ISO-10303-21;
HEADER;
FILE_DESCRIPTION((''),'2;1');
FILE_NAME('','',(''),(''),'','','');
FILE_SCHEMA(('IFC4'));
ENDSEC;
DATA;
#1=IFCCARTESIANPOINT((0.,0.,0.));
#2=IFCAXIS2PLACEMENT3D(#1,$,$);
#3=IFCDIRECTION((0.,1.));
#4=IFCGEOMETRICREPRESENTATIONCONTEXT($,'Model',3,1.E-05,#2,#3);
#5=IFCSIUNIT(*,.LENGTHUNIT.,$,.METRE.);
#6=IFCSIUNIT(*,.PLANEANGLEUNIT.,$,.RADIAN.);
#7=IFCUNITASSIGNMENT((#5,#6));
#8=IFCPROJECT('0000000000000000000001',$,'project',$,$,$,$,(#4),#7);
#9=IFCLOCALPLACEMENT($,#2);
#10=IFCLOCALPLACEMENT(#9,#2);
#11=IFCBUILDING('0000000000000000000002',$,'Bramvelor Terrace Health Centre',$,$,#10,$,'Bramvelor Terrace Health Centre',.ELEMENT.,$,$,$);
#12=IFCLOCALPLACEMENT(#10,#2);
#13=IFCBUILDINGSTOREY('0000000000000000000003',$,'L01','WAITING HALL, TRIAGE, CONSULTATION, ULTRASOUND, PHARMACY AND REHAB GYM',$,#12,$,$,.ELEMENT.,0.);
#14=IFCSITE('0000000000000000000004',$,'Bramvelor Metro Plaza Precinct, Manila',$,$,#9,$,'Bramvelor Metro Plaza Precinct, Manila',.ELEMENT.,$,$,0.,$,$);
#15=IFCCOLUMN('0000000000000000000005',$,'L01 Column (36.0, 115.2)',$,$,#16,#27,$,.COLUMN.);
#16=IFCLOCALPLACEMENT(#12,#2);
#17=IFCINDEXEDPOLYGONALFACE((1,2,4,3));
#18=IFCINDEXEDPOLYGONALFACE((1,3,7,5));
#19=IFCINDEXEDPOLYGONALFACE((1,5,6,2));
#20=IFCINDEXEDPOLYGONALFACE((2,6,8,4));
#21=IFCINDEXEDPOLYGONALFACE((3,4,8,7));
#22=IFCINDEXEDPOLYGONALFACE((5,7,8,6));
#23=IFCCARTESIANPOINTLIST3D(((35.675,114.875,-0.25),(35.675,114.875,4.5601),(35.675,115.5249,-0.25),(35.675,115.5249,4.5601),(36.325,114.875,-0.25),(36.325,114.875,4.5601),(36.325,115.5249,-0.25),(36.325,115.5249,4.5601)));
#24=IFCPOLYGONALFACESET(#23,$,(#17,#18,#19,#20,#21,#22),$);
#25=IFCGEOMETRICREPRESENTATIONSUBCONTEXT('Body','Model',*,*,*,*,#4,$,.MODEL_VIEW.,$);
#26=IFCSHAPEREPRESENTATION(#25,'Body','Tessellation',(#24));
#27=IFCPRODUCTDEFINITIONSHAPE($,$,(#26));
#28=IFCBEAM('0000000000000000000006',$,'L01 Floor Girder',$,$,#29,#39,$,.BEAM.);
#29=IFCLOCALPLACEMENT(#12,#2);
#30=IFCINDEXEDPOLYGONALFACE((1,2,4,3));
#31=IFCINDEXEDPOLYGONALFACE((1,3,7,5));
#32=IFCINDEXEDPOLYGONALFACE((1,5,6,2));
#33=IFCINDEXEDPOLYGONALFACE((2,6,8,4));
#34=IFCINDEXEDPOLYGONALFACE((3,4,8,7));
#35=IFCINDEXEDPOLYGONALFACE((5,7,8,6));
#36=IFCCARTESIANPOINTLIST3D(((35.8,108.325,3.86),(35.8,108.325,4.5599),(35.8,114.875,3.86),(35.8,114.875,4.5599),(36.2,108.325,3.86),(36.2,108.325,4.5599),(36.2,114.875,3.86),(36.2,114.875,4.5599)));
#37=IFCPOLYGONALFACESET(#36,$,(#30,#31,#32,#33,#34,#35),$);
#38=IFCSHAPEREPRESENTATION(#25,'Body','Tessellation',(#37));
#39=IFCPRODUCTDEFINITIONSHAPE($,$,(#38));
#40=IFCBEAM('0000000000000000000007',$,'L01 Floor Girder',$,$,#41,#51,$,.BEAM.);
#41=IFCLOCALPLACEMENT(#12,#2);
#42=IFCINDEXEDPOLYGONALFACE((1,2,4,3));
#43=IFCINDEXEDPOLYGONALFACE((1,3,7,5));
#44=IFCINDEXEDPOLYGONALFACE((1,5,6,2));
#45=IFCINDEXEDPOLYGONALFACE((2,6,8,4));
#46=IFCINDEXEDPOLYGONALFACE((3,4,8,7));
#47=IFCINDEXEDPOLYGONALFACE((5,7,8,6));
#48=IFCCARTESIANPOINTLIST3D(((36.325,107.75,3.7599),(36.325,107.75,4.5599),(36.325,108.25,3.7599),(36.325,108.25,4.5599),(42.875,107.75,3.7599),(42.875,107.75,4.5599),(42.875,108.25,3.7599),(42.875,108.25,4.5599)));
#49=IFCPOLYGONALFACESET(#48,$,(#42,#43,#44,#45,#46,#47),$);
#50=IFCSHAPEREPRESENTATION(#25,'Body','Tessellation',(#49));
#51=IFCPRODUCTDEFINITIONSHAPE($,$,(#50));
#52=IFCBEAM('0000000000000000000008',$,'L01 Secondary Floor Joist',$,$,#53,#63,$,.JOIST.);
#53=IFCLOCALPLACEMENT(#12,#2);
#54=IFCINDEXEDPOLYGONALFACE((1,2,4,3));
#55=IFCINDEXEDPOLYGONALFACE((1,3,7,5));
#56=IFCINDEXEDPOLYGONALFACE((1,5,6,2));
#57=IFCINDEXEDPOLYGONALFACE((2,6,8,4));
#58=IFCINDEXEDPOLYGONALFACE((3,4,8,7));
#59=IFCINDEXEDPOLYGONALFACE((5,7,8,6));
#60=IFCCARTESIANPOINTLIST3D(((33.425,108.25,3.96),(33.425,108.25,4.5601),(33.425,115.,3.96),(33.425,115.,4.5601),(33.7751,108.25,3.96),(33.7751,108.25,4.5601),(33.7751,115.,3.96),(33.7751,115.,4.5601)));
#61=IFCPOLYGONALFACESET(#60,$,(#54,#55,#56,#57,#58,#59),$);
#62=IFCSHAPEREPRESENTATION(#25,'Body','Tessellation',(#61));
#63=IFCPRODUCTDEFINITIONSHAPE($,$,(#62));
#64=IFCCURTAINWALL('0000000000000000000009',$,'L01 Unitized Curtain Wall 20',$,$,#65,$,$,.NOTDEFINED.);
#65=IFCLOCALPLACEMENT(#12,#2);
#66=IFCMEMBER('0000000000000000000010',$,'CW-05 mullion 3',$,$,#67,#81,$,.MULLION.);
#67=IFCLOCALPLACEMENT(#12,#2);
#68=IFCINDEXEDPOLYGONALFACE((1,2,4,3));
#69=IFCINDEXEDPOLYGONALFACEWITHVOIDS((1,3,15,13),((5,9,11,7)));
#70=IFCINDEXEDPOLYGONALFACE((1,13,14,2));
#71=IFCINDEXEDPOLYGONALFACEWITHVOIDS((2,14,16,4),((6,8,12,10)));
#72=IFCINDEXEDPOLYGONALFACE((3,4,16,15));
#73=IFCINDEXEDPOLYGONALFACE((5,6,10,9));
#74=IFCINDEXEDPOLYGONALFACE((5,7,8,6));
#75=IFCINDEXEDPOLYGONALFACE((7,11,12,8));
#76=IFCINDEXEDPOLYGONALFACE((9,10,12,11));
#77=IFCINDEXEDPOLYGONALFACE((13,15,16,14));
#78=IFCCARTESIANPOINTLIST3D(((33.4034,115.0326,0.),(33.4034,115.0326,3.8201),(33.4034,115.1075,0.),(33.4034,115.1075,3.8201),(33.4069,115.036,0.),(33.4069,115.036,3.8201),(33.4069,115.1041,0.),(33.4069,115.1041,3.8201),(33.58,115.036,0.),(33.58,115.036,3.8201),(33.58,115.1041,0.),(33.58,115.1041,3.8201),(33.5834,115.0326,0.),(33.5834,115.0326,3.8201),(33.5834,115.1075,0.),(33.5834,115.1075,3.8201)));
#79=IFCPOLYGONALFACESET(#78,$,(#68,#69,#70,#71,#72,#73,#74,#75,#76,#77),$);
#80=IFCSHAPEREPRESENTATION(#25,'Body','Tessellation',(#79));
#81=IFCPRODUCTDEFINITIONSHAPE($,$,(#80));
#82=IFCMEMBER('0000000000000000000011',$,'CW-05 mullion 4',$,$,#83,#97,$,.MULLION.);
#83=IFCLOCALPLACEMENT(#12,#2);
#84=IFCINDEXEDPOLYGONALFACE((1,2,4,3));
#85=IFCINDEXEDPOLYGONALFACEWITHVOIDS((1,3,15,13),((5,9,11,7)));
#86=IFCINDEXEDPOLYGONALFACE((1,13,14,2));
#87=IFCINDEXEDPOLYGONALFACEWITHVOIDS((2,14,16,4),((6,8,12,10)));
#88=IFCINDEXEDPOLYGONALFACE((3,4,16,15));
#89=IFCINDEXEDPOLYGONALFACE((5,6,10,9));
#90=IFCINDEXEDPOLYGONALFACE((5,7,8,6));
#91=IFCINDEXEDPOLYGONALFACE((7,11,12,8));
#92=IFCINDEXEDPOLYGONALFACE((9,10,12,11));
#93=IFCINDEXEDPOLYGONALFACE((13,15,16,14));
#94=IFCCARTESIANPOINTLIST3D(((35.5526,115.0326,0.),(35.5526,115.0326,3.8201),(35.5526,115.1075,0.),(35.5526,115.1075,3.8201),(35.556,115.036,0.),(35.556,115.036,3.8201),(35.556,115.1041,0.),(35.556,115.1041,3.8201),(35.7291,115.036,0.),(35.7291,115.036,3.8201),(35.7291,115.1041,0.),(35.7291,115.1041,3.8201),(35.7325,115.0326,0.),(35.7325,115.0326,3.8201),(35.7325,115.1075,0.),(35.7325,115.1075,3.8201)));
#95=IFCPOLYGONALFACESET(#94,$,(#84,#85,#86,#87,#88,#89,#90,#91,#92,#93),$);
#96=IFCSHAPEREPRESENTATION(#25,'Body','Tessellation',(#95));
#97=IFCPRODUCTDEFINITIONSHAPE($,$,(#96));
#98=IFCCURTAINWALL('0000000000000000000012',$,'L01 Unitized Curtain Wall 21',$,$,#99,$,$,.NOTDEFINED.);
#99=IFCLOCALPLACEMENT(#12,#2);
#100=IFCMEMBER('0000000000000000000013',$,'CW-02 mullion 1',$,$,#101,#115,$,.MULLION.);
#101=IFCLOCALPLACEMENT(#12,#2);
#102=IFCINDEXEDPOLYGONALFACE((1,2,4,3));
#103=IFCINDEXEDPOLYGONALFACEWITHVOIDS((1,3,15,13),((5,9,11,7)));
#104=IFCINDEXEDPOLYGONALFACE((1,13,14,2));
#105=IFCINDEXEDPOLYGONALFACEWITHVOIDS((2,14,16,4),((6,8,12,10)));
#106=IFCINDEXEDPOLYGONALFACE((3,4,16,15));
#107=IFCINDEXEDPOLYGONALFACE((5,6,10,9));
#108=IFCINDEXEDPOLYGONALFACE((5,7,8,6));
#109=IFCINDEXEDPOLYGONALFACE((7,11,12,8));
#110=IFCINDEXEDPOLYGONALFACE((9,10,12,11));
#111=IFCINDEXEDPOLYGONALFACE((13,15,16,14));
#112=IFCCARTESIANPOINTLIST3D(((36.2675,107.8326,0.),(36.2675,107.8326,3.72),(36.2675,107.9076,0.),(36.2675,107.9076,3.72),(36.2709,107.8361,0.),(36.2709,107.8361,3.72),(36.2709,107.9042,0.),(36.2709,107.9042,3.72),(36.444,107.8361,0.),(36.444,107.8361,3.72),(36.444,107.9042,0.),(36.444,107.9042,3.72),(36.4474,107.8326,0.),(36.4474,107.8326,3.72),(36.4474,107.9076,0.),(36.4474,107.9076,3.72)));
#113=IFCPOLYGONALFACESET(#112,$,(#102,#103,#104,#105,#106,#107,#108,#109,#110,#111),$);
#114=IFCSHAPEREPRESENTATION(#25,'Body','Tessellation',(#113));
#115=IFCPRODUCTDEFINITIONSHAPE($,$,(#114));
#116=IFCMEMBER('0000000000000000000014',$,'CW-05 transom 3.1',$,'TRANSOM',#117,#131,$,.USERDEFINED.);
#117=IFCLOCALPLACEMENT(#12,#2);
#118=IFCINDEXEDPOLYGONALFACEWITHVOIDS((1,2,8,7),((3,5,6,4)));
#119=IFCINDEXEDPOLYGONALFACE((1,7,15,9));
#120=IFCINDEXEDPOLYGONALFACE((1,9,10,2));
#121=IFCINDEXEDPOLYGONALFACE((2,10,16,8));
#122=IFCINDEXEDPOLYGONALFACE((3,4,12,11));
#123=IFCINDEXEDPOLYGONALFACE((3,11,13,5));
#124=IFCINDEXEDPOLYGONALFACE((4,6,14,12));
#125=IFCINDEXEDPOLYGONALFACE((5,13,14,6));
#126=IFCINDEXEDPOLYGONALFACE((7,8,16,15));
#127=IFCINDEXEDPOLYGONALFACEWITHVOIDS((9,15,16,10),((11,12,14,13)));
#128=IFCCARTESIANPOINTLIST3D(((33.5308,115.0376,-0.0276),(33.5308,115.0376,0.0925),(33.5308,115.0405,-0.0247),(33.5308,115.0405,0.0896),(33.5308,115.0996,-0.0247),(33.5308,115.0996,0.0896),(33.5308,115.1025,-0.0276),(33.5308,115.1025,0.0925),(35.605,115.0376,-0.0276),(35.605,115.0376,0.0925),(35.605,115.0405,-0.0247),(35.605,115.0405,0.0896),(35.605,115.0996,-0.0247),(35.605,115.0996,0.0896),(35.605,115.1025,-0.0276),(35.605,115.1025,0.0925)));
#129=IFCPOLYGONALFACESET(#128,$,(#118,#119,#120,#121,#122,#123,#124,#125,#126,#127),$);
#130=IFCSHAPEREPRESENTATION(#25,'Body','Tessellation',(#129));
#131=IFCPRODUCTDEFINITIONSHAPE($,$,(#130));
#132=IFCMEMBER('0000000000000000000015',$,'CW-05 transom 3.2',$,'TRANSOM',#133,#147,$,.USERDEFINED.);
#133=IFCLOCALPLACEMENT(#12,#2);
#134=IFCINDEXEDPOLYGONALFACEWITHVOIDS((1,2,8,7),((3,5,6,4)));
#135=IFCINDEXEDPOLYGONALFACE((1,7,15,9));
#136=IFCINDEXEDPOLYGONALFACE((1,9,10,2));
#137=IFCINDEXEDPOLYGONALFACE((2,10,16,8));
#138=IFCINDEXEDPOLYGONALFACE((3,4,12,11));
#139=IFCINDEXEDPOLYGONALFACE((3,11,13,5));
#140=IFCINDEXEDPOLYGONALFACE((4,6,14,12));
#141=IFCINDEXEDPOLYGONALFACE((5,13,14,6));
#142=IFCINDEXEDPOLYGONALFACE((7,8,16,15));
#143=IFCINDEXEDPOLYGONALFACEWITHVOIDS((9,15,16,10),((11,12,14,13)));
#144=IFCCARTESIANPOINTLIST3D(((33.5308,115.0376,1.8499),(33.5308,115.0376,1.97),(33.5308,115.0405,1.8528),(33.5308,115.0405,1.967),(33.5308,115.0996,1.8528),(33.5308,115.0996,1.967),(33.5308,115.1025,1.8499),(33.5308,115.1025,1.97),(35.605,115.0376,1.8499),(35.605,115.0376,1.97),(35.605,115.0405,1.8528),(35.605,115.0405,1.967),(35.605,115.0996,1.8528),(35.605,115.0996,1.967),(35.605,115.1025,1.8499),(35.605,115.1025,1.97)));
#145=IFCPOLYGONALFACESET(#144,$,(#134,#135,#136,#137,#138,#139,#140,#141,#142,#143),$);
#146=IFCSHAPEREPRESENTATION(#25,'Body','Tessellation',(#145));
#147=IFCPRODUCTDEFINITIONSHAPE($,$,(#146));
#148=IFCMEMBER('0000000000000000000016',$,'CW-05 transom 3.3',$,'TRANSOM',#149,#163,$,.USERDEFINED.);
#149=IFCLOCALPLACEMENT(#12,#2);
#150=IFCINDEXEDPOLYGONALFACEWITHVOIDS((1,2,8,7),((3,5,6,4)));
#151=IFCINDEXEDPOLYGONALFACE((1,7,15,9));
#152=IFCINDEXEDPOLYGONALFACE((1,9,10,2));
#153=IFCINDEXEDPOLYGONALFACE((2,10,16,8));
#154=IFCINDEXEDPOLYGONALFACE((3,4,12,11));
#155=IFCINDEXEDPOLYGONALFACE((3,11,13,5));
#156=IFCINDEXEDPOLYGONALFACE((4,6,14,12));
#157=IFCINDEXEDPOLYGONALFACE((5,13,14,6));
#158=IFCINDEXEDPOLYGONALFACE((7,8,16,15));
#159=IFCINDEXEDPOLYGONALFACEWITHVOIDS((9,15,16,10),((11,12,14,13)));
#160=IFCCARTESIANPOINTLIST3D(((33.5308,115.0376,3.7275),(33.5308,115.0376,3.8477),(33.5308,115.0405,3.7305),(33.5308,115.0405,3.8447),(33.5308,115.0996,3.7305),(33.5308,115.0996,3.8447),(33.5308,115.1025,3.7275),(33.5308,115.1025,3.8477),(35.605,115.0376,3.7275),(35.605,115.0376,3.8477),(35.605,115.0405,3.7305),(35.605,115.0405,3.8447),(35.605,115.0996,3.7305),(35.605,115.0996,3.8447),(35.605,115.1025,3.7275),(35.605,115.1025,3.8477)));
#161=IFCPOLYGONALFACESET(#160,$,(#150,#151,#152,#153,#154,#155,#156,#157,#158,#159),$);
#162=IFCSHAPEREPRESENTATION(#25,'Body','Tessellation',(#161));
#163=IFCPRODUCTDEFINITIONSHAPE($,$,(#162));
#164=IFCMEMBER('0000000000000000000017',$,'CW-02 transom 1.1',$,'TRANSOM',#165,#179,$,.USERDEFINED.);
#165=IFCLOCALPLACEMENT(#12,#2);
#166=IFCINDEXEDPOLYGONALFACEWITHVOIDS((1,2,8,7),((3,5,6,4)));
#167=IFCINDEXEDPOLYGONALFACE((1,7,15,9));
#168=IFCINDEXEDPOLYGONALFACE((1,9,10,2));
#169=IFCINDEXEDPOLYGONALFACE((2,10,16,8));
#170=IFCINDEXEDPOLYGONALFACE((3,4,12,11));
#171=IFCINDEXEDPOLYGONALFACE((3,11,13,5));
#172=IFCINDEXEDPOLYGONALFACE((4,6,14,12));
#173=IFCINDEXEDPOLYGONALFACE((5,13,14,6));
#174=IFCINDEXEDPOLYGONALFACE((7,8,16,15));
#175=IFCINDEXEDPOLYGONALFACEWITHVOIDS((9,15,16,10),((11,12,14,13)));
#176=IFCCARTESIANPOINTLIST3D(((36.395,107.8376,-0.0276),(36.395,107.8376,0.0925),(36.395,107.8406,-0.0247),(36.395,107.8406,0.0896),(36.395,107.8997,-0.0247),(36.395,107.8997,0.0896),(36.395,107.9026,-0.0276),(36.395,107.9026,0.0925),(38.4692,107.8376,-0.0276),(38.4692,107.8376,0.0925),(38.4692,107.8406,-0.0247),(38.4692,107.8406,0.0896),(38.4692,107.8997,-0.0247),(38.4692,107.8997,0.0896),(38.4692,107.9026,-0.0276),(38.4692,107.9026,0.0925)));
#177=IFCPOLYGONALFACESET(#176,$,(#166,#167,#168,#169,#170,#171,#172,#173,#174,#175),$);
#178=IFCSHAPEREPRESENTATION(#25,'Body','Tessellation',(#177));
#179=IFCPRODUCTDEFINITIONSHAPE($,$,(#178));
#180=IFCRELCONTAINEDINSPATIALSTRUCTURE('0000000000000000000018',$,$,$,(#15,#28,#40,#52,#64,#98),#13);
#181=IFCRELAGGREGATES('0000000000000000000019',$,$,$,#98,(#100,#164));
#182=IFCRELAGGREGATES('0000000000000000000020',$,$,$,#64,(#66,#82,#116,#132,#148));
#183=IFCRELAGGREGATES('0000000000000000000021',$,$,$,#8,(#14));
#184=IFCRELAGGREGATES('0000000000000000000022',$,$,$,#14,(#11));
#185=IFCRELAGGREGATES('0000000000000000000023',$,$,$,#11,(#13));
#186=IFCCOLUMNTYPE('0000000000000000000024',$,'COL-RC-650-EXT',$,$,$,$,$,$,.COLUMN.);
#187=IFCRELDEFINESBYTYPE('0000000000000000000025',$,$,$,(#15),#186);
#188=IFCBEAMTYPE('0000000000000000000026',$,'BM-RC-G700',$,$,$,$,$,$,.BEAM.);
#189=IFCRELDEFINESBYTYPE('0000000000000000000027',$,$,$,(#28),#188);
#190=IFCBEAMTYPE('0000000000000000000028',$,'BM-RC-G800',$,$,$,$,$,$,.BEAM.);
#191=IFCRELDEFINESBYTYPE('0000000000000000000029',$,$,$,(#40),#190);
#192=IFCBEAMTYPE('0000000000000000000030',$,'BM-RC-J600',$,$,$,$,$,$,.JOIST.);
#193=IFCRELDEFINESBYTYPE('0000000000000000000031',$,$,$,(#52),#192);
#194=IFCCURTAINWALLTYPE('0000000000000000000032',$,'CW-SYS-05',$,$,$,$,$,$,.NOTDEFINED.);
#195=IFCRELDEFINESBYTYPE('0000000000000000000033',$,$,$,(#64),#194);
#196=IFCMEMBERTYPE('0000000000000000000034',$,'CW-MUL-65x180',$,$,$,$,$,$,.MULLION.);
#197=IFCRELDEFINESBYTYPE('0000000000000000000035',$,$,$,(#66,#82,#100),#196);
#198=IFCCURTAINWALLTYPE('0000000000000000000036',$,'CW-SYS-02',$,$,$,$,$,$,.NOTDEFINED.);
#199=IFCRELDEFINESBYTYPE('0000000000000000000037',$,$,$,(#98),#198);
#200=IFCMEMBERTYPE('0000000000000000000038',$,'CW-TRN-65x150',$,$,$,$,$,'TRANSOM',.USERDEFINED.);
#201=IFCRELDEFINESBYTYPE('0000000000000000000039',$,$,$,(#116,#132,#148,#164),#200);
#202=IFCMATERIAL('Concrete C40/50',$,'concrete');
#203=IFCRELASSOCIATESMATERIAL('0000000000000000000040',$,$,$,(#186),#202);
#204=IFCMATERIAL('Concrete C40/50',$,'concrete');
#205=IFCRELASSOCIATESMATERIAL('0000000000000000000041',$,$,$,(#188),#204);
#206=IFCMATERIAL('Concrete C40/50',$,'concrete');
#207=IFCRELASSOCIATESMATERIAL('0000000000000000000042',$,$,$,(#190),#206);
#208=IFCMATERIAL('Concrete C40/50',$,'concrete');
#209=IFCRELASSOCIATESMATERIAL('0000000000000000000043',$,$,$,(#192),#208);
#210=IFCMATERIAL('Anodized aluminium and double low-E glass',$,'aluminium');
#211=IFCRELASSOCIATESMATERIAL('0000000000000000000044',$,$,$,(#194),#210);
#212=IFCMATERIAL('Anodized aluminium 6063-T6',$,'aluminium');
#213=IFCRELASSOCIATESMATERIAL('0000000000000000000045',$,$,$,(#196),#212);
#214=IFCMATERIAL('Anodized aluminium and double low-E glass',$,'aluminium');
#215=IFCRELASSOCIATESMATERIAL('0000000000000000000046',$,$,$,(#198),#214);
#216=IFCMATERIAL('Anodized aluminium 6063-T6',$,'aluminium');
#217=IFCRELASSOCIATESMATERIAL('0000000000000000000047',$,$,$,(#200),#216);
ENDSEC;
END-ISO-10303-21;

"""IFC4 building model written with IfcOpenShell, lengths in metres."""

from ifc_helpers import new_model, si_unit, direction, frame, origin, origin_2d, place, context, subcontext, project, spatial, rectangle, hollow_rectangle, extrude, material, material_profile, profile_set, type_object, element, aggregate, save


model = new_model("IFC4")

# Units and contexts
model_context = context("Model", 3, precision=1e-05, world=origin(), true_north=direction((0.0, 1.0)))
body_context = subcontext(model_context, "Body", "Model", "MODEL_VIEW")
ifc_project = project(units=[si_unit("LENGTHUNIT", "METRE"), si_unit("PLANEANGLEUNIT", "RADIAN")], contexts=[model_context])

# Site, building, storey
site_placement = place(None, origin())
site = spatial("IfcSite", under=ifc_project, at=site_placement, Name="Bramvelor Metro Plaza Precinct, Manila", LongName="Bramvelor Metro Plaza Precinct, Manila", CompositionType="ELEMENT", RefElevation=0.0)
building_placement = place(site_placement, origin())
building = spatial("IfcBuilding", under=site, at=building_placement, Name="Bramvelor Terrace Health Centre", LongName="Bramvelor Terrace Health Centre", CompositionType="ELEMENT")
storey_placement = place(building_placement, origin())
storey = spatial("IfcBuildingStorey", under=building, at=storey_placement, Name="L01", Description="WAITING HALL, TRIAGE, CONSULTATION, ULTRASOUND, PHARMACY AND REHAB GYM", CompositionType="ELEMENT", Elevation=0.0)

# Column
ifc_material_1 = material(Name="Concrete C40/50", Category="concrete")
ifc_material_profile_1 = material_profile(ifc_material_1, rectangle(XDim=0.6499, YDim=0.6499, at=origin_2d()), Name="RC 650x650")
ifc_profile_set_1 = profile_set([ifc_material_profile_1], Name="Concrete C40/50")
column_type_1 = type_object("IfcColumnType", Name="COL-RC-650-EXT", PredefinedType="COLUMN", material=ifc_profile_set_1)
column_1_placement = place(storey_placement, frame((36.0, 115.2, -0.25), z_axis=(0.0, 0.0, 1.0), x_axis=(1.0, 0.0, 0.0)))
element("IfcColumn", 1, at=column_1_placement, inside=storey, type_object=column_type_1, Name="L01 Column (36.0, 115.2)", PredefinedType="COLUMN", context=body_context, shape_type="SweptSolid", body=[
    extrude(rectangle(XDim=0.6499, YDim=0.6499, at=origin_2d()), origin(), (0.0, 0.0, 1.0), 4.8101),
])

# Beams
ifc_material_2 = material(Name="Concrete C40/50", Category="concrete")
ifc_material_profile_2 = material_profile(ifc_material_2, rectangle(XDim=0.3999, YDim=0.7, at=origin_2d()), Name="RC 400x700")
ifc_profile_set_2 = profile_set([ifc_material_profile_2], Name="Concrete C40/50")
beam_type_1 = type_object("IfcBeamType", Name="BM-RC-G700", PredefinedType="BEAM", material=ifc_profile_set_2)
beam_1_placement = place(storey_placement, frame((36.0, 108.325, 4.21), z_axis=(0.0, 1.0, 0.0), x_axis=(-1.0, 0.0, 0.0)))
element("IfcBeam", 2, at=beam_1_placement, inside=storey, type_object=beam_type_1, Name="L01 Floor Girder", PredefinedType="BEAM", context=body_context, shape_type="SweptSolid", body=[
    extrude(rectangle(XDim=0.3999, YDim=0.7, at=origin_2d()), origin(), (0.0, 0.0, 1.0), 6.55),
])
ifc_material_3 = material(Name="Concrete C40/50", Category="concrete")
ifc_material_profile_3 = material_profile(ifc_material_3, rectangle(XDim=0.5, YDim=0.8, at=origin_2d()), Name="RC 500x800")
ifc_profile_set_3 = profile_set([ifc_material_profile_3], Name="Concrete C40/50")
beam_type_2 = type_object("IfcBeamType", Name="BM-RC-G800", PredefinedType="BEAM", material=ifc_profile_set_3)
beam_2_placement = place(storey_placement, frame((36.325, 108.0, 4.1599), z_axis=(1.0, 0.0, 0.0), x_axis=(0.0, 1.0, 0.0)))
element("IfcBeam", 3, at=beam_2_placement, inside=storey, type_object=beam_type_2, Name="L01 Floor Girder", PredefinedType="BEAM", context=body_context, shape_type="SweptSolid", body=[
    extrude(rectangle(XDim=0.5, YDim=0.8, at=origin_2d()), origin(), (0.0, 0.0, 1.0), 6.55),
])
ifc_material_4 = material(Name="Concrete C40/50", Category="concrete")
ifc_material_profile_4 = material_profile(ifc_material_4, rectangle(XDim=0.3501, YDim=0.6001, at=origin_2d()), Name="RC 350x600")
ifc_profile_set_4 = profile_set([ifc_material_profile_4], Name="Concrete C40/50")
beam_type_3 = type_object("IfcBeamType", Name="BM-RC-J600", PredefinedType="JOIST", material=ifc_profile_set_4)
beam_3_placement = place(storey_placement, frame((33.6001, 108.25, 4.26), z_axis=(0.0, 1.0, 0.0), x_axis=(-1.0, 0.0, 0.0)))
element("IfcBeam", 4, at=beam_3_placement, inside=storey, type_object=beam_type_3, Name="L01 Secondary Floor Joist", PredefinedType="JOIST", context=body_context, shape_type="SweptSolid", body=[
    extrude(rectangle(XDim=0.3501, YDim=0.6001, at=origin_2d()), origin(), (0.0, 0.0, 1.0), 6.75),
])

# Curtain wall, members
ifc_material_5 = material(Name="Anodized aluminium and double low-E glass", Category="aluminium")
curtain_wall_type_1 = type_object("IfcCurtainWallType", Name="CW-SYS-05", PredefinedType="NOTDEFINED", material=ifc_material_5)
curtain_wall_1_placement = place(storey_placement, origin())
curtain_wall_1 = element("IfcCurtainWall", 5, at=curtain_wall_1_placement, inside=storey, type_object=curtain_wall_type_1, Name="L01 Unitized Curtain Wall 20", PredefinedType="NOTDEFINED")
ifc_material_6 = material(Name="Anodized aluminium 6063-T6", Category="aluminium")
ifc_material_profile_5 = material_profile(ifc_material_6, hollow_rectangle(XDim=0.075, YDim=0.1799, WallThickness=0.0034, at=origin_2d()), Name="ALU-MUL 75x180x3.5")
ifc_profile_set_5 = profile_set([ifc_material_profile_5], Name="Anodized aluminium 6063-T6")
member_type_1 = type_object("IfcMemberType", Name="CW-MUL-65x180", PredefinedType="MULLION", material=ifc_profile_set_5)
member_1_placement = place(storey_placement, frame((33.4934, 115.0701, 0.0), z_axis=(0.0, 0.0, 1.0), x_axis=(0.0, 1.0, 0.0)))
member_1 = element("IfcMember", 6, at=member_1_placement, type_object=member_type_1, Name="CW-05 mullion 3", PredefinedType="MULLION", context=body_context, shape_type="SweptSolid", body=[
    extrude(hollow_rectangle(XDim=0.075, YDim=0.1799, WallThickness=0.0034, at=origin_2d()), origin(), (0.0, 0.0, 1.0), 3.8201),
])
member_2_placement = place(storey_placement, frame((35.6426, 115.0701, 0.0), z_axis=(0.0, 0.0, 1.0), x_axis=(0.0, 1.0, 0.0)))
member_2 = element("IfcMember", 7, at=member_2_placement, type_object=member_type_1, Name="CW-05 mullion 4", PredefinedType="MULLION", context=body_context, shape_type="SweptSolid", body=[
    extrude(hollow_rectangle(XDim=0.075, YDim=0.1799, WallThickness=0.0034, at=origin_2d()), origin(), (0.0, 0.0, 1.0), 3.8201),
])

# Curtain wall, member
ifc_material_7 = material(Name="Anodized aluminium and double low-E glass", Category="aluminium")
curtain_wall_type_2 = type_object("IfcCurtainWallType", Name="CW-SYS-02", PredefinedType="NOTDEFINED", material=ifc_material_7)
curtain_wall_2_placement = place(storey_placement, origin())
curtain_wall_2 = element("IfcCurtainWall", 8, at=curtain_wall_2_placement, inside=storey, type_object=curtain_wall_type_2, Name="L01 Unitized Curtain Wall 21", PredefinedType="NOTDEFINED")
member_3_placement = place(storey_placement, frame((36.3574, 107.8701, 0.0), z_axis=(0.0, 0.0, 1.0), x_axis=(0.0, 1.0, 0.0)))
member_3 = element("IfcMember", 9, at=member_3_placement, type_object=member_type_1, Name="CW-02 mullion 1", PredefinedType="MULLION", context=body_context, shape_type="SweptSolid", body=[
    extrude(hollow_rectangle(XDim=0.075, YDim=0.1799, WallThickness=0.0034, at=origin_2d()), origin(), (0.0, 0.0, 1.0), 3.72),
])

# Members
ifc_material_8 = material(Name="Anodized aluminium 6063-T6", Category="aluminium")
ifc_material_profile_6 = material_profile(ifc_material_8, hollow_rectangle(XDim=0.0649, YDim=0.1201, WallThickness=0.0029, at=origin_2d()), Name="ALU-TRN 65x120x3.0")
ifc_profile_set_6 = profile_set([ifc_material_profile_6], Name="Anodized aluminium 6063-T6")
member_type_2 = type_object("IfcMemberType", Name="CW-TRN-65x150", ElementType="TRANSOM", PredefinedType="USERDEFINED", material=ifc_profile_set_6)
member_4_placement = place(storey_placement, frame((33.5308, 115.0701, 0.0325), z_axis=(1.0, 0.0, 0.0), x_axis=(0.0, 1.0, 0.0)))
member_4 = element("IfcMember", 10, at=member_4_placement, type_object=member_type_2, Name="CW-05 transom 3.1", ObjectType="TRANSOM", PredefinedType="USERDEFINED", context=body_context, shape_type="SweptSolid", body=[
    extrude(hollow_rectangle(XDim=0.0649, YDim=0.1201, WallThickness=0.0029, at=origin_2d()), origin(), (0.0, 0.0, 1.0), 2.0742),
])
member_5_placement = place(storey_placement, frame((33.5308, 115.0701, 1.9099), z_axis=(1.0, 0.0, 0.0), x_axis=(0.0, 1.0, 0.0)))
member_5 = element("IfcMember", 11, at=member_5_placement, type_object=member_type_2, Name="CW-05 transom 3.2", ObjectType="TRANSOM", PredefinedType="USERDEFINED", context=body_context, shape_type="SweptSolid", body=[
    extrude(hollow_rectangle(XDim=0.0649, YDim=0.1201, WallThickness=0.0029, at=origin_2d()), origin(), (0.0, 0.0, 1.0), 2.0742),
])
member_6_placement = place(storey_placement, frame((33.5308, 115.0701, 3.7876), z_axis=(1.0, 0.0, 0.0), x_axis=(0.0, 1.0, 0.0)))
member_6 = element("IfcMember", 12, at=member_6_placement, type_object=member_type_2, Name="CW-05 transom 3.3", ObjectType="TRANSOM", PredefinedType="USERDEFINED", context=body_context, shape_type="SweptSolid", body=[
    extrude(hollow_rectangle(XDim=0.0649, YDim=0.1201, WallThickness=0.0029, at=origin_2d()), origin(), (0.0, 0.0, 1.0), 2.0742),
])
member_7_placement = place(storey_placement, frame((36.395, 107.8701, 0.0325), z_axis=(1.0, 0.0, 0.0), x_axis=(0.0, 1.0, 0.0)))
member_7 = element("IfcMember", 13, at=member_7_placement, type_object=member_type_2, Name="CW-02 transom 1.1", ObjectType="TRANSOM", PredefinedType="USERDEFINED", context=body_context, shape_type="SweptSolid", body=[
    extrude(hollow_rectangle(XDim=0.0649, YDim=0.1201, WallThickness=0.0029, at=origin_2d()), origin(), (0.0, 0.0, 1.0), 2.0742),
])
aggregate(curtain_wall_2, [member_3, member_7])

aggregate(curtain_wall_1, [member_1, member_2, member_4, member_5, member_6])

save(model, "model.ifc")
